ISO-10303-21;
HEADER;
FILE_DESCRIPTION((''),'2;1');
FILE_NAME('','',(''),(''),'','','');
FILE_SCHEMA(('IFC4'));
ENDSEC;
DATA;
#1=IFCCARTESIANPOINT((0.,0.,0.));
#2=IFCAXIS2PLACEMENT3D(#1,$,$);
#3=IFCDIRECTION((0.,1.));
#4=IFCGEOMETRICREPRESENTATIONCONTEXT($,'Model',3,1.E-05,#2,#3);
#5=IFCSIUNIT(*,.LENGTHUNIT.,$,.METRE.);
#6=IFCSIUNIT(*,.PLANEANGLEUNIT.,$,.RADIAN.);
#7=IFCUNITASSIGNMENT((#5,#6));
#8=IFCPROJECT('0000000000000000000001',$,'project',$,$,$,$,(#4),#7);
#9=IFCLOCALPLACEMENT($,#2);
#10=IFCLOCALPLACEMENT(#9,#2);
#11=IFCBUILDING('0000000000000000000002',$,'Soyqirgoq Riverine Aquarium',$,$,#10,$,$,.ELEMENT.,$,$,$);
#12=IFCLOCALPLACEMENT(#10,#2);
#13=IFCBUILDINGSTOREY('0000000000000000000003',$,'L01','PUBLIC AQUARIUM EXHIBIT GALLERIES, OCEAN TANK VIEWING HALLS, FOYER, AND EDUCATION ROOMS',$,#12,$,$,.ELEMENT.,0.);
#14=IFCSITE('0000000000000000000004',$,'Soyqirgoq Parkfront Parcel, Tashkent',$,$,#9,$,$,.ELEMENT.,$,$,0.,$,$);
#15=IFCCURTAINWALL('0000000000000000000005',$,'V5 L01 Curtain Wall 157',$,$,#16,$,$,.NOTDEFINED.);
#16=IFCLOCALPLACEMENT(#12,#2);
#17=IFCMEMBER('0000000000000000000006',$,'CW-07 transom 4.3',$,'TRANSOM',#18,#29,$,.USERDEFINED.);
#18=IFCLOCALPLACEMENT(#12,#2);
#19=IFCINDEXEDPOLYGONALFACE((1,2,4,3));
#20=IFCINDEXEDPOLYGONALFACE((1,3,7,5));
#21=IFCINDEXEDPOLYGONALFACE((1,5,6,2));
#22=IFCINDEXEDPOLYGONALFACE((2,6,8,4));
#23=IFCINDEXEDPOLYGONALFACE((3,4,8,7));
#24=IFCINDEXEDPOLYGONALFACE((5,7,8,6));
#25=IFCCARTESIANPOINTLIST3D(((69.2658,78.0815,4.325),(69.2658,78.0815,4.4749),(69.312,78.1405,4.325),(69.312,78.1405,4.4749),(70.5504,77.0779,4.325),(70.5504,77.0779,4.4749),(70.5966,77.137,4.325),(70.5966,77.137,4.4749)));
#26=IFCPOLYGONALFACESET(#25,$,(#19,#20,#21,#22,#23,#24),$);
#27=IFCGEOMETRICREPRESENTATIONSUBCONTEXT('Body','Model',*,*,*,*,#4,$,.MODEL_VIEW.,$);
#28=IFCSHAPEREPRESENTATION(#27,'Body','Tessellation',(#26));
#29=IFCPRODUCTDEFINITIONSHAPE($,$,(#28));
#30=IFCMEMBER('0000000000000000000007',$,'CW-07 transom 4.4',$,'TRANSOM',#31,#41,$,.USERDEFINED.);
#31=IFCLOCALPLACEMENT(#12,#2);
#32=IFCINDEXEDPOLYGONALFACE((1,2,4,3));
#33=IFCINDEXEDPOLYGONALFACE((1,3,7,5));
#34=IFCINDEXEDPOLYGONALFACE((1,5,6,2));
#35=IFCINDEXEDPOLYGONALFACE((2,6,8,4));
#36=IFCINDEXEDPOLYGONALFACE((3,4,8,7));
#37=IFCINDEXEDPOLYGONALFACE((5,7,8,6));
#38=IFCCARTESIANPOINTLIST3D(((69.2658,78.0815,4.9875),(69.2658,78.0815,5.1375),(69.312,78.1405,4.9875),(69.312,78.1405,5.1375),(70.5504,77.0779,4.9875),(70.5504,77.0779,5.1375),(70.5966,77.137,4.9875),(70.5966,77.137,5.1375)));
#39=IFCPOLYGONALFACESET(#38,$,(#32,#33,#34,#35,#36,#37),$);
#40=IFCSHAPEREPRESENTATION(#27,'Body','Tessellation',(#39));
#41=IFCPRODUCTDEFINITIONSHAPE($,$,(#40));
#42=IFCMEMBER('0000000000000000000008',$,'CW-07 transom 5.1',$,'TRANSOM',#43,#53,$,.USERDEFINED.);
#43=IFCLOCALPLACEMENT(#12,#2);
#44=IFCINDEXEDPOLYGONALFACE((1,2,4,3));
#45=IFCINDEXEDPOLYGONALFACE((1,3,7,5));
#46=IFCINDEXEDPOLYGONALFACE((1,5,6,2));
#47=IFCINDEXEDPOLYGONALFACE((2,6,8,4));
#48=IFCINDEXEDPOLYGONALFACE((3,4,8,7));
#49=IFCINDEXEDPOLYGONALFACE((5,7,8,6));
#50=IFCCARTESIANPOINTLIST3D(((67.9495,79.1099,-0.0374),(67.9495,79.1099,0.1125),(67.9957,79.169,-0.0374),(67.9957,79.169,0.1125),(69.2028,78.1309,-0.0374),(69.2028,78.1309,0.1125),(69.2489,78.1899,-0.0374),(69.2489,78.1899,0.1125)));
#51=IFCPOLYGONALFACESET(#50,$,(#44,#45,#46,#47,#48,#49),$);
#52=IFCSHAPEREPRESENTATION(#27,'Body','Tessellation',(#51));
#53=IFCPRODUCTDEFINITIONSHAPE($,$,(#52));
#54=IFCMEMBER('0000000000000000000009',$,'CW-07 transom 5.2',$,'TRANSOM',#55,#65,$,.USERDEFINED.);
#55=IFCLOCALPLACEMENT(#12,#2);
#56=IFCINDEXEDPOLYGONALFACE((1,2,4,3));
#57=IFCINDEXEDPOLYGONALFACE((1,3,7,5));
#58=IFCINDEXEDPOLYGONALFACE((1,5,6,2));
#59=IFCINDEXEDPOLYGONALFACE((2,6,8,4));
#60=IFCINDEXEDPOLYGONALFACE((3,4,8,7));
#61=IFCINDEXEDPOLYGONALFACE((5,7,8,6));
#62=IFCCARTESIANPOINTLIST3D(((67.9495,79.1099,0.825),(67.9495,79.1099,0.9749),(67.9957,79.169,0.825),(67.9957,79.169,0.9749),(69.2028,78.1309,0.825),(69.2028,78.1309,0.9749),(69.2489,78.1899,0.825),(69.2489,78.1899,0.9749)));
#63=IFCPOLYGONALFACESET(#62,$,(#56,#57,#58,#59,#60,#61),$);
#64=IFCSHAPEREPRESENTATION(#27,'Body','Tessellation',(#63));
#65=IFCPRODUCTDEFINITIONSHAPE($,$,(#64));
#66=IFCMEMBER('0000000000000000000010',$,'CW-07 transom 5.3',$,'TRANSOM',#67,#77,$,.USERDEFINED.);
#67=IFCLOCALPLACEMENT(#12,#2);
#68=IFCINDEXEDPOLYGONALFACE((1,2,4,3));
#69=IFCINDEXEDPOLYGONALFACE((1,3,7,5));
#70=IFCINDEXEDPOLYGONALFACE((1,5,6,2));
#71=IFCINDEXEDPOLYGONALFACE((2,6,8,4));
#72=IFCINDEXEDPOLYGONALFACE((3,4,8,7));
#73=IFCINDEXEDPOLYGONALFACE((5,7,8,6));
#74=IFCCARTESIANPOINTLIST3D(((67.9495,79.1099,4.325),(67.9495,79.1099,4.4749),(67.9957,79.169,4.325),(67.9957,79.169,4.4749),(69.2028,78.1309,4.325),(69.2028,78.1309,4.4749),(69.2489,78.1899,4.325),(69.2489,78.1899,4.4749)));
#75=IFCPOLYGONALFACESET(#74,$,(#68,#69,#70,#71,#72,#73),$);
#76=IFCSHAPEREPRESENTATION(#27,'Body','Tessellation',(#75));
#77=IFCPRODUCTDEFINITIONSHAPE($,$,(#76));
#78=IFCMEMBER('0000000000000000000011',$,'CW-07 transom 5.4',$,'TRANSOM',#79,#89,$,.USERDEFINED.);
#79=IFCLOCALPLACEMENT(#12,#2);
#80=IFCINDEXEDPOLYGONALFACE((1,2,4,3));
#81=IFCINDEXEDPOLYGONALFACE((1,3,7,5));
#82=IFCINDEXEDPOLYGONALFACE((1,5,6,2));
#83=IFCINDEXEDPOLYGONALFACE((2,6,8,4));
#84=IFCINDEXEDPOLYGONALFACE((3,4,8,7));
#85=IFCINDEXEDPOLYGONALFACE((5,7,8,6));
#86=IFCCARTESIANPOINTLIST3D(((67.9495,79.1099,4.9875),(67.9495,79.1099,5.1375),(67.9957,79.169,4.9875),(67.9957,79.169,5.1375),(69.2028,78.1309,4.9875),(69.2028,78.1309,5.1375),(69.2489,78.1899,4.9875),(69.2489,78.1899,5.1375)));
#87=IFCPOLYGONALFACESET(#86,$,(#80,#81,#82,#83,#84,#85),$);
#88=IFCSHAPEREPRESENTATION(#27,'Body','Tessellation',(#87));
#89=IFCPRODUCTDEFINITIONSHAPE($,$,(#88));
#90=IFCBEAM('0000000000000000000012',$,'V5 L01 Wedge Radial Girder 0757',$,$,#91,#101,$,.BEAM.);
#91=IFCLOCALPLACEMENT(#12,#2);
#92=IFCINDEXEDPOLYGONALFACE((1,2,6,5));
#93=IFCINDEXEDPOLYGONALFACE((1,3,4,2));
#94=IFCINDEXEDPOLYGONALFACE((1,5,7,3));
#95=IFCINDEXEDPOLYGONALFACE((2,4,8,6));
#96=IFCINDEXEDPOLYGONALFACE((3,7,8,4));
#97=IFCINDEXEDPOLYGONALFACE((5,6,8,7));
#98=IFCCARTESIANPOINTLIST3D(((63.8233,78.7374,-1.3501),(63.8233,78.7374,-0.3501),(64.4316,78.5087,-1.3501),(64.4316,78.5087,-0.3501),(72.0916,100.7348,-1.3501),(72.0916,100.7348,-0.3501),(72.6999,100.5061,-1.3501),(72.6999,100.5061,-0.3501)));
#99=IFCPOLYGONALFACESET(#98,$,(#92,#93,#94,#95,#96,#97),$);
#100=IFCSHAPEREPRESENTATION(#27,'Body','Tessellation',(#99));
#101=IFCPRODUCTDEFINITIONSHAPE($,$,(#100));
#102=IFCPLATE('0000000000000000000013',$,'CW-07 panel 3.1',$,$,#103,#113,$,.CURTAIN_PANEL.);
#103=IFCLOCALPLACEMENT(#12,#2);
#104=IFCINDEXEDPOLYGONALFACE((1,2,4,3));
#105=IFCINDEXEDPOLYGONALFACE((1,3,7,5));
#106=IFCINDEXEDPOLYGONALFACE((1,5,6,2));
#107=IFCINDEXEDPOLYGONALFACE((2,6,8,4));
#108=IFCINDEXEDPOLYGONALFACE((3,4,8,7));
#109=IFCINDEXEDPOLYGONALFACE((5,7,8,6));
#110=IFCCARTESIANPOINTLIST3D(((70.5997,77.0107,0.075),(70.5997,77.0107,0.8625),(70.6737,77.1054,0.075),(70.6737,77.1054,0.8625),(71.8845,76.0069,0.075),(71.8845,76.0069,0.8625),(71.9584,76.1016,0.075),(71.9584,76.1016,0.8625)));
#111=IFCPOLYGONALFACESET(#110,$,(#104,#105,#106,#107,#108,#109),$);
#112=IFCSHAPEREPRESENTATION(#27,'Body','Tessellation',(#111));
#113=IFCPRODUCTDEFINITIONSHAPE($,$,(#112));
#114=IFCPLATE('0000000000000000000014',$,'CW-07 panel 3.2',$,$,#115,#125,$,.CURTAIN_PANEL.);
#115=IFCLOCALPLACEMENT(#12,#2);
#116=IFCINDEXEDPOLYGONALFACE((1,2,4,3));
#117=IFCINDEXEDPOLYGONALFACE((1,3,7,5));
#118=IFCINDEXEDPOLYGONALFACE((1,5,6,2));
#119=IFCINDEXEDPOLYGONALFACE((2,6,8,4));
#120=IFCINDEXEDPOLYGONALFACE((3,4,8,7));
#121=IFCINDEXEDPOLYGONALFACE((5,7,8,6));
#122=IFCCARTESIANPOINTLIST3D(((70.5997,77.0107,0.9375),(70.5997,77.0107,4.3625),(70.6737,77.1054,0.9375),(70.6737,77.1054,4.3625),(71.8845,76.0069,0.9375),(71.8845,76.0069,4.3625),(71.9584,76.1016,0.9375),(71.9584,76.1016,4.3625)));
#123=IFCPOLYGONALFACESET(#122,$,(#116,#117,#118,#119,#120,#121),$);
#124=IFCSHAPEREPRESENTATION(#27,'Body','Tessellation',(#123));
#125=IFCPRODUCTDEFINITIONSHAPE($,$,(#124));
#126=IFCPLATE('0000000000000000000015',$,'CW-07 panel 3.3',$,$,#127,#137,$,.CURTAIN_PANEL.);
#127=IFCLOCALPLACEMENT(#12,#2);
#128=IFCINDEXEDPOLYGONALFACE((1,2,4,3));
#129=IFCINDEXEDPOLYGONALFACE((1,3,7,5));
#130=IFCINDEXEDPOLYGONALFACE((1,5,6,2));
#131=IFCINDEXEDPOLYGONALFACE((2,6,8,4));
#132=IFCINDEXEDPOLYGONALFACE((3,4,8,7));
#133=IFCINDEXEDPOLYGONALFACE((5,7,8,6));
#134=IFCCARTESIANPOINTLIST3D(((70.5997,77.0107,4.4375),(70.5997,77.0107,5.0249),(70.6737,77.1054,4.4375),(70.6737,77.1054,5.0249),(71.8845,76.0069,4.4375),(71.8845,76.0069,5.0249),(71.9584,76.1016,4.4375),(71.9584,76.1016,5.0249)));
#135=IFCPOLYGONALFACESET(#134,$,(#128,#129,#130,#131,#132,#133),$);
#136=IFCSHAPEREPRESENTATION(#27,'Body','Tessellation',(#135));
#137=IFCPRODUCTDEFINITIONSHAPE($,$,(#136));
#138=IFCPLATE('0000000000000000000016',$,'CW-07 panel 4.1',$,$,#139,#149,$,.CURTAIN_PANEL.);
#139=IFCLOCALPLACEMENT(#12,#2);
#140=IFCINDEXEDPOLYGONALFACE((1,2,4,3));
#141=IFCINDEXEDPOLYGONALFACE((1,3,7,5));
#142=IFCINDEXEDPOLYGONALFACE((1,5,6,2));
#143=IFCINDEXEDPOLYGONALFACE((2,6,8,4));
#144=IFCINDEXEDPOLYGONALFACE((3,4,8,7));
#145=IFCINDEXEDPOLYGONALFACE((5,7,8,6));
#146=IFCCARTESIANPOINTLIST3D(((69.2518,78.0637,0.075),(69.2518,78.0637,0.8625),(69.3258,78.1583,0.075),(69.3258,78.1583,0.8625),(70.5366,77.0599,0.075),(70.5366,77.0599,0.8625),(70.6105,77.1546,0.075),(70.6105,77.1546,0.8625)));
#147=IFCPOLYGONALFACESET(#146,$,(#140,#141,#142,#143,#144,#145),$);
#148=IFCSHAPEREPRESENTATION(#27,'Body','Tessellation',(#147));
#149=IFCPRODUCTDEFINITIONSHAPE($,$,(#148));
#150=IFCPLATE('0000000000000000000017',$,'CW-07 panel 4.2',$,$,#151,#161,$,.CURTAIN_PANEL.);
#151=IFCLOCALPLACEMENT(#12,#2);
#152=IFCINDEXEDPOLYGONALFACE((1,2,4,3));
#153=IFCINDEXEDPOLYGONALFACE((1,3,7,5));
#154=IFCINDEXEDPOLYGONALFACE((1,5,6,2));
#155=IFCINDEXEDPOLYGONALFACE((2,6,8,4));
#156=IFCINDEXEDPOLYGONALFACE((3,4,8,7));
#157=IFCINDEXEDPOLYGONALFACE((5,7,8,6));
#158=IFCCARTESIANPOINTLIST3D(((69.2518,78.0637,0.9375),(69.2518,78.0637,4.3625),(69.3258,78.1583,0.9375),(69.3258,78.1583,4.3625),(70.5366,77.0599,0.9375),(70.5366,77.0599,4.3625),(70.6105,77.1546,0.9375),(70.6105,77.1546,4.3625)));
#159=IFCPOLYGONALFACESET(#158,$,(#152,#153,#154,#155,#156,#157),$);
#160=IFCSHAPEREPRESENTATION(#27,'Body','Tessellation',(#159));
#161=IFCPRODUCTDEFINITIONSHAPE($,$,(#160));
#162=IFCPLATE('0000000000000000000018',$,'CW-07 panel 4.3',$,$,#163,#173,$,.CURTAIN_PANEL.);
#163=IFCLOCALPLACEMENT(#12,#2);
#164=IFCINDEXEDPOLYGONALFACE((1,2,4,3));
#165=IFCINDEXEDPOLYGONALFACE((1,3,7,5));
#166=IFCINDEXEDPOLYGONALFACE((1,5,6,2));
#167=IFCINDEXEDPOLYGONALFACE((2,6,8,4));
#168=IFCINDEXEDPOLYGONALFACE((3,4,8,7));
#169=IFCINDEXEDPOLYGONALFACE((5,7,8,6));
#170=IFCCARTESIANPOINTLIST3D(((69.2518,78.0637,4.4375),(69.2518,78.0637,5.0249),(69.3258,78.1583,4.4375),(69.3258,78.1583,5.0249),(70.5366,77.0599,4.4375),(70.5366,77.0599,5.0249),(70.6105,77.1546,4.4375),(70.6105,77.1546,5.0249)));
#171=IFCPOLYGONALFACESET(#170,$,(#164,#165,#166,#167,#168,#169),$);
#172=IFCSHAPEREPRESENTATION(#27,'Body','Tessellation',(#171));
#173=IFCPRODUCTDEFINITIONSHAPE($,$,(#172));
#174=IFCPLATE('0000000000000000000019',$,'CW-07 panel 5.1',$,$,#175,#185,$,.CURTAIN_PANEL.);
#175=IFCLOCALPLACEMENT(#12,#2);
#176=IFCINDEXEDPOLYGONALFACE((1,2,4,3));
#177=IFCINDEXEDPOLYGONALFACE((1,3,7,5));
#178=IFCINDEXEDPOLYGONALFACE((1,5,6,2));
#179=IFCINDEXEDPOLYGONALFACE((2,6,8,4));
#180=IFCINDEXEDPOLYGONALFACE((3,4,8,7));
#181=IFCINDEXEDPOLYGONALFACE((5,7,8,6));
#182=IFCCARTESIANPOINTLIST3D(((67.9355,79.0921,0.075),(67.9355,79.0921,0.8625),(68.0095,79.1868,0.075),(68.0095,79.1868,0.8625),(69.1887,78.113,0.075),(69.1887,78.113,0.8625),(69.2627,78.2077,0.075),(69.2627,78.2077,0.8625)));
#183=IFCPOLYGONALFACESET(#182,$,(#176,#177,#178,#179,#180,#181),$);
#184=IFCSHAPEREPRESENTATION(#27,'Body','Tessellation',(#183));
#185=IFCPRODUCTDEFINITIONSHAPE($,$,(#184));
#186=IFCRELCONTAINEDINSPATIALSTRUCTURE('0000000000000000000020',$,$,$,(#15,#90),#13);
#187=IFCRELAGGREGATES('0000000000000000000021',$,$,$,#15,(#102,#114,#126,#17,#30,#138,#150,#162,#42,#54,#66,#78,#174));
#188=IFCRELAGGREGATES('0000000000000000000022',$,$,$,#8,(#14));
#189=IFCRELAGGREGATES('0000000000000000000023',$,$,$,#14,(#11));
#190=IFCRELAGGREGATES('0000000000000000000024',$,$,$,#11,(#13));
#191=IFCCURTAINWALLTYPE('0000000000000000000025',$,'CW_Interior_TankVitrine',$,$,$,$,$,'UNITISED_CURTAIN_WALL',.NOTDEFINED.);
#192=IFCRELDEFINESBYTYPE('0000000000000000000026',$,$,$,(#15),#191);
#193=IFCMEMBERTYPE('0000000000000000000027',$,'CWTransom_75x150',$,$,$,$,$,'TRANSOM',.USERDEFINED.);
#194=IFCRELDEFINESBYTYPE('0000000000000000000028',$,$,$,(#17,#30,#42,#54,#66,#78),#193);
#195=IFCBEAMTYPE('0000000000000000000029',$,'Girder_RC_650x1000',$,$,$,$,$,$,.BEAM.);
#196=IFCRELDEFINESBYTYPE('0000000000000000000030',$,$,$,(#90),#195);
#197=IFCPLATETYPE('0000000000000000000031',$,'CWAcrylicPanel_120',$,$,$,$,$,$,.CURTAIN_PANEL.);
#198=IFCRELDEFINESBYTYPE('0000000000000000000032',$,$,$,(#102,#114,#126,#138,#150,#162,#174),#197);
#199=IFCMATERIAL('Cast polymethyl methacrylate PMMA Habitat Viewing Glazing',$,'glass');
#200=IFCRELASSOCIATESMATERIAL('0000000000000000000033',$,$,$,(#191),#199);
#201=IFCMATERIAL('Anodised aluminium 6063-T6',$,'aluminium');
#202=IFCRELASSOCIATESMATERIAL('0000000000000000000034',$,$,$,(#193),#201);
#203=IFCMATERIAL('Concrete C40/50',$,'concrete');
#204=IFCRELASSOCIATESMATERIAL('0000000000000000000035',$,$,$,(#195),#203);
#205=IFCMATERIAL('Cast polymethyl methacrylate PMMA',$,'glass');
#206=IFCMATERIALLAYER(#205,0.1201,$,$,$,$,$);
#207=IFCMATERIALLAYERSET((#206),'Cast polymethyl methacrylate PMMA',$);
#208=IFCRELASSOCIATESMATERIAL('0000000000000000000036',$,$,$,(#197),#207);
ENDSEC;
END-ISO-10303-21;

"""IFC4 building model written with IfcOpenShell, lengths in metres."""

from ifc_helpers import new_model, si_unit, direction, frame, origin, origin_2d, place, context, subcontext, project, spatial, rectangle, extrude, material, layer, layer_set, material_profile, profile_set, type_object, element, aggregate, save


model = new_model("IFC4")

# Units and contexts
model_context = context("Model", 3, precision=1e-05, world=origin(), true_north=direction((0.0, 1.0)))
body_context = subcontext(model_context, "Body", "Model", "MODEL_VIEW")
ifc_project = project(units=[si_unit("LENGTHUNIT", "METRE"), si_unit("PLANEANGLEUNIT", "RADIAN")], contexts=[model_context])

# Site, building, storey
site_placement = place(None, origin())
site = spatial("IfcSite", under=ifc_project, at=site_placement, Name="Soyqirgoq Parkfront Parcel, Tashkent", CompositionType="ELEMENT", RefElevation=0.0)
building_placement = place(site_placement, origin())
building = spatial("IfcBuilding", under=site, at=building_placement, Name="Soyqirgoq Riverine Aquarium", CompositionType="ELEMENT")
storey_placement = place(building_placement, origin())
storey = spatial("IfcBuildingStorey", under=building, at=storey_placement, Name="L01", Description="PUBLIC AQUARIUM EXHIBIT GALLERIES, OCEAN TANK VIEWING HALLS, FOYER, AND EDUCATION ROOMS", CompositionType="ELEMENT", Elevation=0.0)

# Curtain wall, members
ifc_material_1 = material(Name="Cast polymethyl methacrylate PMMA Habitat Viewing Glazing", Category="glass")
curtain_wall_type = type_object("IfcCurtainWallType", Name="CW_Interior_TankVitrine", ElementType="UNITISED_CURTAIN_WALL", PredefinedType="NOTDEFINED", material=ifc_material_1)
curtain_wall_placement = place(storey_placement, origin())
curtain_wall = element("IfcCurtainWall", 1, at=curtain_wall_placement, inside=storey, type_object=curtain_wall_type, Name="V5 L01 Curtain Wall 157", PredefinedType="NOTDEFINED")
ifc_material_2 = material(Name="Anodised aluminium 6063-T6", Category="aluminium")
ifc_material_profile_1 = material_profile(ifc_material_2, rectangle(XDim=0.075, YDim=0.1499, at=origin_2d()), Name="ALU-T 75x150")
ifc_profile_set_1 = profile_set([ifc_material_profile_1], Name="Anodised aluminium 6063-T6")
member_type_1 = type_object("IfcMemberType", Name="CWTransom_75x150", ElementType="TRANSOM", PredefinedType="USERDEFINED", material=ifc_profile_set_1)
member_1_placement = place(storey_placement, frame((70.5735, 77.1074, 4.3999), z_axis=(-0.78802, 0.61565, 0.0), x_axis=(-0.61565, -0.78802, 0.0)))
member_1 = element("IfcMember", 2, at=member_1_placement, type_object=member_type_1, Name="CW-07 transom 4.3", ObjectType="TRANSOM", PredefinedType="USERDEFINED", context=body_context, shape_type="SweptSolid", body=[
    extrude(rectangle(XDim=0.075, YDim=0.1499, at=origin_2d()), origin(), (0.0, 0.0, 1.0), 1.6301),
])
member_2_placement = place(storey_placement, frame((70.5735, 77.1074, 5.0625), z_axis=(-0.78802, 0.61565, 0.0), x_axis=(-0.61565, -0.78802, 0.0)))
member_2 = element("IfcMember", 3, at=member_2_placement, type_object=member_type_1, Name="CW-07 transom 4.4", ObjectType="TRANSOM", PredefinedType="USERDEFINED", context=body_context, shape_type="SweptSolid", body=[
    extrude(rectangle(XDim=0.075, YDim=0.1499, at=origin_2d()), origin(), (0.0, 0.0, 1.0), 1.6301),
])
member_3_placement = place(storey_placement, frame((69.2258, 78.1604, 0.0376), z_axis=(-0.788036, 0.615629, 0.0), x_axis=(-0.615629, -0.788036, 0.0)))
member_3 = element("IfcMember", 4, at=member_3_placement, type_object=member_type_1, Name="CW-07 transom 5.1", ObjectType="TRANSOM", PredefinedType="USERDEFINED", context=body_context, shape_type="SweptSolid", body=[
    extrude(rectangle(XDim=0.075, YDim=0.1499, at=origin_2d()), origin(), (0.0, 0.0, 1.0), 1.5903),
])
member_4_placement = place(storey_placement, frame((69.2258, 78.1604, 0.8999), z_axis=(-0.788036, 0.615629, 0.0), x_axis=(-0.615629, -0.788036, 0.0)))
member_4 = element("IfcMember", 5, at=member_4_placement, type_object=member_type_1, Name="CW-07 transom 5.2", ObjectType="TRANSOM", PredefinedType="USERDEFINED", context=body_context, shape_type="SweptSolid", body=[
    extrude(rectangle(XDim=0.075, YDim=0.1499, at=origin_2d()), origin(), (0.0, 0.0, 1.0), 1.5903),
])
member_5_placement = place(storey_placement, frame((69.2258, 78.1604, 4.3999), z_axis=(-0.788036, 0.615629, 0.0), x_axis=(-0.615629, -0.788036, 0.0)))
member_5 = element("IfcMember", 6, at=member_5_placement, type_object=member_type_1, Name="CW-07 transom 5.3", ObjectType="TRANSOM", PredefinedType="USERDEFINED", context=body_context, shape_type="SweptSolid", body=[
    extrude(rectangle(XDim=0.075, YDim=0.1499, at=origin_2d()), origin(), (0.0, 0.0, 1.0), 1.5903),
])
member_6_placement = place(storey_placement, frame((69.2258, 78.1604, 5.0625), z_axis=(-0.788036, 0.615629, 0.0), x_axis=(-0.615629, -0.788036, 0.0)))
member_6 = element("IfcMember", 7, at=member_6_placement, type_object=member_type_1, Name="CW-07 transom 5.4", ObjectType="TRANSOM", PredefinedType="USERDEFINED", context=body_context, shape_type="SweptSolid", body=[
    extrude(rectangle(XDim=0.075, YDim=0.1499, at=origin_2d()), origin(), (0.0, 0.0, 1.0), 1.5903),
])

# Beam
ifc_material_3 = material(Name="Concrete C40/50", Category="concrete")
ifc_material_profile_2 = material_profile(ifc_material_3, rectangle(XDim=0.6499, YDim=1.0, at=origin_2d()), Name="RC 650x1000")
ifc_profile_set_2 = profile_set([ifc_material_profile_2], Name="Concrete C40/50")
beam_type_1 = type_object("IfcBeamType", Name="Girder_RC_650x1000", PredefinedType="BEAM", material=ifc_profile_set_2)
beam_1_placement = place(storey_placement, frame((64.1274, 78.623, -0.8501), z_axis=(0.351844, 0.936059, 0.0), x_axis=(-0.936059, 0.351844, 0.0)))
element("IfcBeam", 8, at=beam_1_placement, inside=storey, type_object=beam_type_1, Name="V5 L01 Wedge Radial Girder 0757", PredefinedType="BEAM", context=body_context, shape_type="SweptSolid", body=[
    extrude(rectangle(XDim=0.6499, YDim=1.0, at=origin_2d()), origin(), (0.0, 0.0, 1.0), 23.5),
])

# Plates
ifc_material_4 = material(Name="Cast polymethyl methacrylate PMMA", Category="glass")
ifc_layer_1 = layer(ifc_material_4, 0.1201)
ifc_layer_set_1 = layer_set([ifc_layer_1], Name="Cast polymethyl methacrylate PMMA")
plate_type = type_object("IfcPlateType", Name="CWAcrylicPanel_120", PredefinedType="CURTAIN_PANEL", material=ifc_layer_set_1)
plate_1_placement = place(storey_placement, frame((71.2791, 76.5562, 0.075), z_axis=(0.0, 0.0, 1.0), x_axis=(-0.788011, 0.615661, 0.0)))
plate_1 = element("IfcPlate", 9, at=plate_1_placement, type_object=plate_type, Name="CW-07 panel 3.1", PredefinedType="CURTAIN_PANEL", context=body_context, shape_type="SweptSolid", body=[
    extrude(rectangle(XDim=1.6304, YDim=0.1201, at=origin_2d()), origin(), (0.0, 0.0, 1.0), 0.7876),
])
plate_2_placement = place(storey_placement, frame((71.2791, 76.5562, 0.9375), z_axis=(0.0, 0.0, 1.0), x_axis=(-0.788011, 0.615661, 0.0)))
plate_2 = element("IfcPlate", 10, at=plate_2_placement, type_object=plate_type, Name="CW-07 panel 3.2", PredefinedType="CURTAIN_PANEL", context=body_context, shape_type="SweptSolid", body=[
    extrude(rectangle(XDim=1.6304, YDim=0.1201, at=origin_2d()), origin(), (0.0, 0.0, 1.0), 3.425),
])
plate_3_placement = place(storey_placement, frame((71.2791, 76.5562, 4.4375), z_axis=(0.0, 0.0, 1.0), x_axis=(-0.788011, 0.615661, 0.0)))
plate_3 = element("IfcPlate", 11, at=plate_3_placement, type_object=plate_type, Name="CW-07 panel 3.3", PredefinedType="CURTAIN_PANEL", context=body_context, shape_type="SweptSolid", body=[
    extrude(rectangle(XDim=1.6304, YDim=0.1201, at=origin_2d()), origin(), (0.0, 0.0, 1.0), 0.5874),
])
plate_4_placement = place(storey_placement, frame((69.9312, 77.6091, 0.075), z_axis=(0.0, 0.0, 1.0), x_axis=(-0.788011, 0.615661, 0.0)))
plate_4 = element("IfcPlate", 12, at=plate_4_placement, type_object=plate_type, Name="CW-07 panel 4.1", PredefinedType="CURTAIN_PANEL", context=body_context, shape_type="SweptSolid", body=[
    extrude(rectangle(XDim=1.6304, YDim=0.1201, at=origin_2d()), origin(), (0.0, 0.0, 1.0), 0.7876),
])
plate_5_placement = place(storey_placement, frame((69.9312, 77.6091, 0.9375), z_axis=(0.0, 0.0, 1.0), x_axis=(-0.788011, 0.615661, 0.0)))
plate_5 = element("IfcPlate", 13, at=plate_5_placement, type_object=plate_type, Name="CW-07 panel 4.2", PredefinedType="CURTAIN_PANEL", context=body_context, shape_type="SweptSolid", body=[
    extrude(rectangle(XDim=1.6304, YDim=0.1201, at=origin_2d()), origin(), (0.0, 0.0, 1.0), 3.425),
])
plate_6_placement = place(storey_placement, frame((69.9312, 77.6091, 4.4375), z_axis=(0.0, 0.0, 1.0), x_axis=(-0.788011, 0.615661, 0.0)))
plate_6 = element("IfcPlate", 14, at=plate_6_placement, type_object=plate_type, Name="CW-07 panel 4.3", PredefinedType="CURTAIN_PANEL", context=body_context, shape_type="SweptSolid", body=[
    extrude(rectangle(XDim=1.6304, YDim=0.1201, at=origin_2d()), origin(), (0.0, 0.0, 1.0), 0.5874),
])
plate_7_placement = place(storey_placement, frame((68.5991, 78.6499, 0.075), z_axis=(0.0, 0.0, 1.0), x_axis=(-0.788011, 0.615661, 0.0)))
plate_7 = element("IfcPlate", 15, at=plate_7_placement, type_object=plate_type, Name="CW-07 panel 5.1", PredefinedType="CURTAIN_PANEL", context=body_context, shape_type="SweptSolid", body=[
    extrude(rectangle(XDim=1.5903, YDim=0.1201, at=origin_2d()), origin(), (0.0, 0.0, 1.0), 0.7876),
])
aggregate(curtain_wall, [plate_1, plate_2, plate_3, member_1, member_2, plate_4, plate_5, plate_6, member_3, member_4, member_5, member_6, plate_7])

save(model, "model.ifc")
